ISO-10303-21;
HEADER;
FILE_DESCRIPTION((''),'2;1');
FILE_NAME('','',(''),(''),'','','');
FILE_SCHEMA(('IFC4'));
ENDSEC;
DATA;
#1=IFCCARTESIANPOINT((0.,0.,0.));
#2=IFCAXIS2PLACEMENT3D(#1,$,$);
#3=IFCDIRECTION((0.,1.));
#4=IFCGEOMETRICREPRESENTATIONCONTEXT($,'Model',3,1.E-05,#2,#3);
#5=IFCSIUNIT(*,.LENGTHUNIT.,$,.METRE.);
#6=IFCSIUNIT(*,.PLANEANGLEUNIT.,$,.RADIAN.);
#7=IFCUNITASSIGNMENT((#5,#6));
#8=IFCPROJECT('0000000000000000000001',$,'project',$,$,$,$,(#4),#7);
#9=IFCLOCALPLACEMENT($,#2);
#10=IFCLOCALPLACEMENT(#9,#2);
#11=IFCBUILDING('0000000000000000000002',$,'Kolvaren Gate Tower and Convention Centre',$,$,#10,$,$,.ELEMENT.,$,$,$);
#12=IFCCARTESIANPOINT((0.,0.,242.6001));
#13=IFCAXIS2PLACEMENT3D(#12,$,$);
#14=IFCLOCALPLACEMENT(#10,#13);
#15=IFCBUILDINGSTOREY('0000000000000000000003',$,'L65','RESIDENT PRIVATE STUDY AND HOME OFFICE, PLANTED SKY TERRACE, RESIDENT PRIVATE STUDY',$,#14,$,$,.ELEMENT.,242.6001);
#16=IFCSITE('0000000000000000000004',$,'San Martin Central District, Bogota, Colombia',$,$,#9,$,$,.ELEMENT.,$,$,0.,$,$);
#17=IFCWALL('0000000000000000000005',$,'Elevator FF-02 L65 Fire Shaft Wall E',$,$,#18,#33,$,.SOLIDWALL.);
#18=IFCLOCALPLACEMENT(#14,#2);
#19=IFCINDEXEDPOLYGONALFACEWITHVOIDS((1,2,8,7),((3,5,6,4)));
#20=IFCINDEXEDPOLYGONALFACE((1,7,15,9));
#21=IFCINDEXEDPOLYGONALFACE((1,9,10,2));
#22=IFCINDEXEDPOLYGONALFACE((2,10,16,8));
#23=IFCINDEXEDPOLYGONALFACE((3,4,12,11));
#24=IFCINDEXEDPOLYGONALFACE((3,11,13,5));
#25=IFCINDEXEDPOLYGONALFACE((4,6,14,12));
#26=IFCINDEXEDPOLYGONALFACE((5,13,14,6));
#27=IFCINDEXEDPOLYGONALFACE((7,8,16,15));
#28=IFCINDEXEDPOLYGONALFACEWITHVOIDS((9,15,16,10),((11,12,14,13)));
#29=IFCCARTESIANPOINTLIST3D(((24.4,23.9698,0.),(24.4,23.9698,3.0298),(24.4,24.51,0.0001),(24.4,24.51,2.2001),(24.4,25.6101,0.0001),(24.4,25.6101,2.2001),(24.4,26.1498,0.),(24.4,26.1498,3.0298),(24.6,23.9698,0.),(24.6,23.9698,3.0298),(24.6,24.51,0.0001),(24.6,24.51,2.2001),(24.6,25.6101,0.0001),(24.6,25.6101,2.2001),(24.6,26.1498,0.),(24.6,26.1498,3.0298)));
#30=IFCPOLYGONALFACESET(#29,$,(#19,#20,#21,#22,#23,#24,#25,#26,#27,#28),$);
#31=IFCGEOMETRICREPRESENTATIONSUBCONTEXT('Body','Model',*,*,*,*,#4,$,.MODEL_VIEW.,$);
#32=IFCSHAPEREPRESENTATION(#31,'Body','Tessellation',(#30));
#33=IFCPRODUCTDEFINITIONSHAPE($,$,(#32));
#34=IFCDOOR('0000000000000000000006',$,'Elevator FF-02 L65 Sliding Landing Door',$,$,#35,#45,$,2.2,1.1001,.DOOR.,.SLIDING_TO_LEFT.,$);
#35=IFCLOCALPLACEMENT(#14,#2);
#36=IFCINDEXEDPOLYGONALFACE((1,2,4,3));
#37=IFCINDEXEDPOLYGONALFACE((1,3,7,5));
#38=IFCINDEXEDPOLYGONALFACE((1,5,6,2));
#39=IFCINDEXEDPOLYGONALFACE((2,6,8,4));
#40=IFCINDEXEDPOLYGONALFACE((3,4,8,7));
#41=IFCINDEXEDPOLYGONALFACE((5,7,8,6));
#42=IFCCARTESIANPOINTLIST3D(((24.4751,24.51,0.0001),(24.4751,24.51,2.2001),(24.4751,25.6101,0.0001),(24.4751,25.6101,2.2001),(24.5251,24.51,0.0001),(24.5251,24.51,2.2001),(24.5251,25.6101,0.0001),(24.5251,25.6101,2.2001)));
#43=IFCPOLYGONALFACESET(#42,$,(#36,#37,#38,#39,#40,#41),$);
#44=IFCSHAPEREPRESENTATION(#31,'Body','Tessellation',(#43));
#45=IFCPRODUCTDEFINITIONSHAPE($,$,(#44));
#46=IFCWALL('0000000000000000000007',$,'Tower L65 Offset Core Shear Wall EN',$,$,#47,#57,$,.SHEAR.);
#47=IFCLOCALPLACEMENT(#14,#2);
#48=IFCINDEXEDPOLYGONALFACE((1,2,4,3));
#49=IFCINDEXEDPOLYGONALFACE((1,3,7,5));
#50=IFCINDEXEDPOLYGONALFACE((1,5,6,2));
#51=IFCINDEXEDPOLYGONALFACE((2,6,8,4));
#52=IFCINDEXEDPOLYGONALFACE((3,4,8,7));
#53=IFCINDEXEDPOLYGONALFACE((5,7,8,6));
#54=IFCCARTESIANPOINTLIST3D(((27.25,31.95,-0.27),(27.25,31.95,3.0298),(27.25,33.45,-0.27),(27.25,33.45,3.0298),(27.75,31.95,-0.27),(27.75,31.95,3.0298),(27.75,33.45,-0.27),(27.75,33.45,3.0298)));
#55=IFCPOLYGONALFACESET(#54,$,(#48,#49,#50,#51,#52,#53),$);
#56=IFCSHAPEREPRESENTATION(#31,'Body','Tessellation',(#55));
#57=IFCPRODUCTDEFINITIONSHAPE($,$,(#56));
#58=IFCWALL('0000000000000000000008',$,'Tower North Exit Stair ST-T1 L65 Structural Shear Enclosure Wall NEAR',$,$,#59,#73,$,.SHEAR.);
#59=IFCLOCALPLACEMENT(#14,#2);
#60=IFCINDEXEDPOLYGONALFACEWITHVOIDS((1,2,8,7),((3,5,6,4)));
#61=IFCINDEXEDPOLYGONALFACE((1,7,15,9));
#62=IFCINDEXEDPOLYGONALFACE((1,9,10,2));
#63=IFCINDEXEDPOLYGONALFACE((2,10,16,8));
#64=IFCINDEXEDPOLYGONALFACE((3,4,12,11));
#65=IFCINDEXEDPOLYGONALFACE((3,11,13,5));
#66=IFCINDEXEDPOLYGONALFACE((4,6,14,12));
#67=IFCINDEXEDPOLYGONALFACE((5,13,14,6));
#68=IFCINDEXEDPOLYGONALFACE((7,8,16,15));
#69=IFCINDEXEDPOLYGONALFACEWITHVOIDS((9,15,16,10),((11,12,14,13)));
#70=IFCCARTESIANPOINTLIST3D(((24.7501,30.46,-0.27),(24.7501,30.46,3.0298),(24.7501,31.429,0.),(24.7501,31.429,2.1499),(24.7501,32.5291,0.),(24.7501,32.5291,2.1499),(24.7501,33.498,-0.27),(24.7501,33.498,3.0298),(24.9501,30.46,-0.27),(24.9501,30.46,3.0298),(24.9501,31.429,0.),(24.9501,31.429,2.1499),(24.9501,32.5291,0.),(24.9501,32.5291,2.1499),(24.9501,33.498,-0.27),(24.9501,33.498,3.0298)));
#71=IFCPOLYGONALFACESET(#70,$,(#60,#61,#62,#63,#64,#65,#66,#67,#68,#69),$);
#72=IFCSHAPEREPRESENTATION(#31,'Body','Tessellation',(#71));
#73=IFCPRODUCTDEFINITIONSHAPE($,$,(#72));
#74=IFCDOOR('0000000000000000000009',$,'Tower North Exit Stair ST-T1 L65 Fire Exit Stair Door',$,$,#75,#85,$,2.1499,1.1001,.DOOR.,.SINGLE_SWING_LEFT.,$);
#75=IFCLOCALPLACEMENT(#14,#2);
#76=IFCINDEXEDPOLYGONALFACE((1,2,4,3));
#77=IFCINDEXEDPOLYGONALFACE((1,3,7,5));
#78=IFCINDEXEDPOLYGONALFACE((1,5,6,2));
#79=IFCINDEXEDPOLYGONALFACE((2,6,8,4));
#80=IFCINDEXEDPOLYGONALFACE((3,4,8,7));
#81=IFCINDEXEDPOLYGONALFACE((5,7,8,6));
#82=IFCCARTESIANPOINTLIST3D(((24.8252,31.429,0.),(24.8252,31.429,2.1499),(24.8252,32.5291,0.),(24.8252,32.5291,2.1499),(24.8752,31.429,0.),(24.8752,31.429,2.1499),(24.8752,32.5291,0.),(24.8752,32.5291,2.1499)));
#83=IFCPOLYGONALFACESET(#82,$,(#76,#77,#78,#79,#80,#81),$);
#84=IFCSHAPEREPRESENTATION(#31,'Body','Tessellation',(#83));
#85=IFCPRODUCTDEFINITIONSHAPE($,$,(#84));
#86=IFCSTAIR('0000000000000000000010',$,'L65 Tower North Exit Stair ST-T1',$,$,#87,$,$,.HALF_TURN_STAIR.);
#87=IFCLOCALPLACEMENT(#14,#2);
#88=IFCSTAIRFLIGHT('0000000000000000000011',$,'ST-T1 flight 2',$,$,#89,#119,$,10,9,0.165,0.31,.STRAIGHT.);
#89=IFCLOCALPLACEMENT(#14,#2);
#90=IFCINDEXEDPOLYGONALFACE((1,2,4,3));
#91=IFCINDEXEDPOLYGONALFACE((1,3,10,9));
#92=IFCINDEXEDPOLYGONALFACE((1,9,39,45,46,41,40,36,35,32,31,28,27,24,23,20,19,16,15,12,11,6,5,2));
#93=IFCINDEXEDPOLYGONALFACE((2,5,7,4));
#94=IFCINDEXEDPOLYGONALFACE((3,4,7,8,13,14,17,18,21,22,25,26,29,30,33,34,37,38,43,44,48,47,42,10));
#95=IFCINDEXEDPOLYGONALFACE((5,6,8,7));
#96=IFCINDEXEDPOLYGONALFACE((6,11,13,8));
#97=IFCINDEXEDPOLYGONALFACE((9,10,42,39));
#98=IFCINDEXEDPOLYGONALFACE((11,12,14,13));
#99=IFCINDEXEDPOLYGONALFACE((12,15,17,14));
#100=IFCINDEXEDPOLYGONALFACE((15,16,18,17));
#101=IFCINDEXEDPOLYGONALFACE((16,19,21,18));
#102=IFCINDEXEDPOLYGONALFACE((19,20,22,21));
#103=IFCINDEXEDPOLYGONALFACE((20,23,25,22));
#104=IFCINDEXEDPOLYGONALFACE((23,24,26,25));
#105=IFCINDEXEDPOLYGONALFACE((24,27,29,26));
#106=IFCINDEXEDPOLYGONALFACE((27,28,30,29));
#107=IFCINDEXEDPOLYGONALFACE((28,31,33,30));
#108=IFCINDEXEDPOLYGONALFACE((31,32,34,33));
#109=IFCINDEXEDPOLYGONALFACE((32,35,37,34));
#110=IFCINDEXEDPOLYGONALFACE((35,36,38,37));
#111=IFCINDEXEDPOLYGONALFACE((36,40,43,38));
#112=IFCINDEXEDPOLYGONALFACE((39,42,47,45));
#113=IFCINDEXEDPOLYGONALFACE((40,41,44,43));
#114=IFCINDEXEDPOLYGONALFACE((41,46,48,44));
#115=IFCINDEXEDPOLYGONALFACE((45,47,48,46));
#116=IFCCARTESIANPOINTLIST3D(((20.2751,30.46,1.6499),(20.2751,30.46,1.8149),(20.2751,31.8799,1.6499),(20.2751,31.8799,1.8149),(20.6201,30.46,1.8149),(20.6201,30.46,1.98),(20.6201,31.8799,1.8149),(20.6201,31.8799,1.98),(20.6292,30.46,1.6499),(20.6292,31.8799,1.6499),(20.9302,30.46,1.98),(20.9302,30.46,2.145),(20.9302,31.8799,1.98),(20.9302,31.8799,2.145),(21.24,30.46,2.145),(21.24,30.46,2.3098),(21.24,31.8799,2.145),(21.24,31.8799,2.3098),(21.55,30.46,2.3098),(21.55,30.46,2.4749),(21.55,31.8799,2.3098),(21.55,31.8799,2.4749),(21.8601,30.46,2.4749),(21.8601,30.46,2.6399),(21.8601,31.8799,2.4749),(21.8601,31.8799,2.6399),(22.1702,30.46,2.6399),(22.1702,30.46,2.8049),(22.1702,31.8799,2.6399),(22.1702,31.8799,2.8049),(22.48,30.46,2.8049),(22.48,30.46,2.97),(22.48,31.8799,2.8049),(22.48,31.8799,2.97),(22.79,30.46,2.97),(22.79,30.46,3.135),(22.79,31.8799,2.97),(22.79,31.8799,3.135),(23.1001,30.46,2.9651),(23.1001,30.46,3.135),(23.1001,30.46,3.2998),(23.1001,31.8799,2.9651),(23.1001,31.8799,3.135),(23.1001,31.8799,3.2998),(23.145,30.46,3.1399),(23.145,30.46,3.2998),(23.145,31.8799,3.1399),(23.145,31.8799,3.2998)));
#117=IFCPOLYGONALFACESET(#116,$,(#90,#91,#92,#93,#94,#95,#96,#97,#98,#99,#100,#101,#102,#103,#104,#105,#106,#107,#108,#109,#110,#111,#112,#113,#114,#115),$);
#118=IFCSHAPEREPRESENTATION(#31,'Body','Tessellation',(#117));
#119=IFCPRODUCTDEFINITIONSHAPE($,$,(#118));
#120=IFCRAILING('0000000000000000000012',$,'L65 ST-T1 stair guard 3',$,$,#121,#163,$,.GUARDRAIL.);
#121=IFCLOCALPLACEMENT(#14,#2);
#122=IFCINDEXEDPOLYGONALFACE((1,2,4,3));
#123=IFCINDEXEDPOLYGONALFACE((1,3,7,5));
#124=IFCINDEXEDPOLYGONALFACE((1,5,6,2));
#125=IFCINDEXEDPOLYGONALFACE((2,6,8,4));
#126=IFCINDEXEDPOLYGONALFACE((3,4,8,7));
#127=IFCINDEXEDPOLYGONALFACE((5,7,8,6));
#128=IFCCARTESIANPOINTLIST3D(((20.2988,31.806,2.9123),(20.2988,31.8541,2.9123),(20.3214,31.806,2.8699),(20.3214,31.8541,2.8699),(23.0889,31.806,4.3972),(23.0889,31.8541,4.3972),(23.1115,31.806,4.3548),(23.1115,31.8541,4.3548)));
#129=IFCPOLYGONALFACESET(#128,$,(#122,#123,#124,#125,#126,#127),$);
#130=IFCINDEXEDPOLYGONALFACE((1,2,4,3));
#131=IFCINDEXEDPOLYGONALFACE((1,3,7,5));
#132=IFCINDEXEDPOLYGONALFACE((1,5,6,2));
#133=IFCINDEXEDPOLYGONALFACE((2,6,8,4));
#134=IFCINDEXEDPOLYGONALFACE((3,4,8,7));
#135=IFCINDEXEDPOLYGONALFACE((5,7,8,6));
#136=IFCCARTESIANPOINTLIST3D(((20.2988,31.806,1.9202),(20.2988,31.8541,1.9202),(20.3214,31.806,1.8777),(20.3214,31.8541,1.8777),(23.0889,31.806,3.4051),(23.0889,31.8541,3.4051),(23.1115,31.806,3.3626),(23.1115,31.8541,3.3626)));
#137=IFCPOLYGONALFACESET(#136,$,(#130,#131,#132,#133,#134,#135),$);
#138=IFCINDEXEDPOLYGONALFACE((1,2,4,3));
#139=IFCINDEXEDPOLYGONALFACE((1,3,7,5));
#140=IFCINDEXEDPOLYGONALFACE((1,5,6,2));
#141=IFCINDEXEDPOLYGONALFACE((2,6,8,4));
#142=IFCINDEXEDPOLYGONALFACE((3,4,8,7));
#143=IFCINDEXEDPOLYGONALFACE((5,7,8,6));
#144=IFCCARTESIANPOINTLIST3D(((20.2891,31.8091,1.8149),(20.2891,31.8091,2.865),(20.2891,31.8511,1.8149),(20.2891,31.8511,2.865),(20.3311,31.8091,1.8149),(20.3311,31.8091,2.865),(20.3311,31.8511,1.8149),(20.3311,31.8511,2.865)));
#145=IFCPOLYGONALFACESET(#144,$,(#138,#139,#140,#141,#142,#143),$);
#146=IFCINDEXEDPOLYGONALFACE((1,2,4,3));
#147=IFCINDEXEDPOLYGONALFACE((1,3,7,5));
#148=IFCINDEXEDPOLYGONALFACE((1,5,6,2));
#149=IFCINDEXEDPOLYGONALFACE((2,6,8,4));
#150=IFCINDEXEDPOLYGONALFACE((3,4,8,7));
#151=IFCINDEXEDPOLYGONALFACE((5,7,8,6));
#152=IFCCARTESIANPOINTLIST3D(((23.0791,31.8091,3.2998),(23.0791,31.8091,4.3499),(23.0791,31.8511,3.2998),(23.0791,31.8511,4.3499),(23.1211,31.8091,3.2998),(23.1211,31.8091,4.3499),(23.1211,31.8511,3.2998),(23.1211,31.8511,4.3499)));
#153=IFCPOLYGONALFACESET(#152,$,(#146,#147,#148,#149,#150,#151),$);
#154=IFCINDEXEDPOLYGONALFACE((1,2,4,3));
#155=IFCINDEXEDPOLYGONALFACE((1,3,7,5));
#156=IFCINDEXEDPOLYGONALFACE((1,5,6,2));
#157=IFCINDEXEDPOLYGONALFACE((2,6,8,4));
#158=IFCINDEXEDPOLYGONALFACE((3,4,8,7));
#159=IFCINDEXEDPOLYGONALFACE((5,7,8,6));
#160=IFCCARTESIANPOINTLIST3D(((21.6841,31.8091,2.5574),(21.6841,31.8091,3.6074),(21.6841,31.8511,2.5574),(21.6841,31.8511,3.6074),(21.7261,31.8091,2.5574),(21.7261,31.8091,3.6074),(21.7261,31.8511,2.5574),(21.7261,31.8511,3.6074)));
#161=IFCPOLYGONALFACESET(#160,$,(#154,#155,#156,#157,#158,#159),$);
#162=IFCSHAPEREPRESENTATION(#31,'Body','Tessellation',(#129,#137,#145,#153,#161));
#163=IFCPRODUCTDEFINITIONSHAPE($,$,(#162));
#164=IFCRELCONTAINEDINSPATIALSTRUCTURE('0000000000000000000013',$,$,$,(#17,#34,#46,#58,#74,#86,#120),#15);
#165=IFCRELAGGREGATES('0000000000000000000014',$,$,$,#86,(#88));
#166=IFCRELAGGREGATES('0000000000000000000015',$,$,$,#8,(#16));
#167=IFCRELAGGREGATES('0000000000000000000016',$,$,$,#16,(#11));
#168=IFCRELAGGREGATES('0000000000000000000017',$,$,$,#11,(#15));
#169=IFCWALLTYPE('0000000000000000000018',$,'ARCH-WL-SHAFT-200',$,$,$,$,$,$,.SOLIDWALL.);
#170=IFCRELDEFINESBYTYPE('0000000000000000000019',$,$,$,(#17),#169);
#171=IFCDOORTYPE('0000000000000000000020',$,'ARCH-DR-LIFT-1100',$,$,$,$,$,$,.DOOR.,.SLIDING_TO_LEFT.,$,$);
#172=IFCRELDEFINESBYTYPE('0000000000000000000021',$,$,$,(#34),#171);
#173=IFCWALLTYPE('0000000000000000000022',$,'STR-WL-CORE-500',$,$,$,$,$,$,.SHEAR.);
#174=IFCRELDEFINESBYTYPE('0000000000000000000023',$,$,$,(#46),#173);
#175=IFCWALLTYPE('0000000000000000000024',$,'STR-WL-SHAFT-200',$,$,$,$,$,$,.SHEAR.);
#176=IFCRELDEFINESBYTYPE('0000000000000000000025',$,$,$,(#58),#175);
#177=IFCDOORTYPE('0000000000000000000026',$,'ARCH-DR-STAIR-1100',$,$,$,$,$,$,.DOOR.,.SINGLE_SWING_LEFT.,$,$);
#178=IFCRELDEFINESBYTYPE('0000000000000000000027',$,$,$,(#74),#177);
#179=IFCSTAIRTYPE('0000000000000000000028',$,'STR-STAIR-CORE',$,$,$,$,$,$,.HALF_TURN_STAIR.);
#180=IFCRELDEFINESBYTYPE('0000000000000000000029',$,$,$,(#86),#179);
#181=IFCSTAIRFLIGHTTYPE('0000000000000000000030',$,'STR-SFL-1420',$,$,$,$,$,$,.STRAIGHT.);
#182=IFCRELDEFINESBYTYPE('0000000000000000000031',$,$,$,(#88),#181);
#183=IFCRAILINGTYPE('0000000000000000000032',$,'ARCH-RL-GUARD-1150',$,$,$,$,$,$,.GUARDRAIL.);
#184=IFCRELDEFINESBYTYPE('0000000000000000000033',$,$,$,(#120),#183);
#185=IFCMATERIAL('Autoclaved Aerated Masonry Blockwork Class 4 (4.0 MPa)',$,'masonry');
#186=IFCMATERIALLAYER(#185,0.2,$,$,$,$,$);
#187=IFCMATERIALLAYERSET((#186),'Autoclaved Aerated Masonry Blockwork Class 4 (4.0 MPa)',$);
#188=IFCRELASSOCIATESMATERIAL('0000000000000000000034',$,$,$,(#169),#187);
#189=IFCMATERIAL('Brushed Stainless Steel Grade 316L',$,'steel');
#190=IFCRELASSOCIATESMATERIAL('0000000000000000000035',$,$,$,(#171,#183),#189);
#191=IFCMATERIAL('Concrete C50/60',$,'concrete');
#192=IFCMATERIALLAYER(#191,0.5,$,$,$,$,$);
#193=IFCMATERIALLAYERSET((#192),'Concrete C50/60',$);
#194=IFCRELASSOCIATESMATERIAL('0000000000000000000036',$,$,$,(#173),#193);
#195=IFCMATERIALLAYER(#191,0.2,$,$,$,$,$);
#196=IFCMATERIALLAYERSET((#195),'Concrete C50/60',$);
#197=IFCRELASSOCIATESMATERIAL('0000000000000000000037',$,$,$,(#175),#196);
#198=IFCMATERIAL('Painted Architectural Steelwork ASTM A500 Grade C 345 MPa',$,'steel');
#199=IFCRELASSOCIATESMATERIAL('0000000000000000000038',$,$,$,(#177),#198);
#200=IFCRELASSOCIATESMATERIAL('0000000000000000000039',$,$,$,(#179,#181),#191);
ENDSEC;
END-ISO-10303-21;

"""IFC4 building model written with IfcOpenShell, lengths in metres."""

from ifc_helpers import new_model, si_unit, direction, frame, frame_2d, origin, origin_2d, place, context, subcontext, project, spatial, polyline, rectangle, outline, extrude, material, layer, layer_set, type_object, element, fill, aggregate, save


model = new_model("IFC4")

# Units and contexts
model_context = context("Model", 3, precision=1e-05, world=origin(), true_north=direction((0.0, 1.0)))
body_context = subcontext(model_context, "Body", "Model", "MODEL_VIEW")
ifc_project = project(units=[si_unit("LENGTHUNIT", "METRE"), si_unit("PLANEANGLEUNIT", "RADIAN")], contexts=[model_context])

# Site, building, storey
site_placement = place(None, origin())
site = spatial("IfcSite", under=ifc_project, at=site_placement, Name="San Martin Central District, Bogota, Colombia", CompositionType="ELEMENT", RefElevation=0.0)
building_placement = place(site_placement, origin())
building = spatial("IfcBuilding", under=site, at=building_placement, Name="Kolvaren Gate Tower and Convention Centre", CompositionType="ELEMENT")
storey_placement = place(building_placement, frame((0.0, 0.0, 242.6001)))
storey = spatial("IfcBuildingStorey", under=building, at=storey_placement, Name="L65", Description="RESIDENT PRIVATE STUDY AND HOME OFFICE, PLANTED SKY TERRACE, RESIDENT PRIVATE STUDY", CompositionType="ELEMENT", Elevation=242.6001)

# Shared definitions
ifc_material_1 = material(Name="Autoclaved Aerated Masonry Blockwork Class 4 (4.0 MPa)", Category="masonry")
ifc_layer_1 = layer(ifc_material_1, 0.2)
ifc_layer_set_1 = layer_set([ifc_layer_1], Name="Autoclaved Aerated Masonry Blockwork Class 4 (4.0 MPa)")
wall_type_1 = type_object("IfcWallType", Name="ARCH-WL-SHAFT-200", PredefinedType="SOLIDWALL", material=ifc_layer_set_1)

# Shared definitions
ifc_material_2 = material(Name="Brushed Stainless Steel Grade 316L", Category="steel")
door_type_1 = type_object("IfcDoorType", Name="ARCH-DR-LIFT-1100", OperationType="SLIDING_TO_LEFT", PredefinedType="DOOR", material=ifc_material_2)

# Wall, opening, door
wall_1_placement = place(storey_placement, frame((24.5, 23.97, 0.0), z_axis=(0.0, 0.0, 1.0), x_axis=(0.0, 1.0, 0.0)))
wall_1 = element("IfcWall", 1, at=wall_1_placement, inside=storey, type_object=wall_type_1, Name="Elevator FF-02 L65 Fire Shaft Wall E", PredefinedType="SOLIDWALL", context=body_context, shape_type="SweptSolid", body=[
    extrude(rectangle(XDim=2.1799, YDim=0.2, at=frame_2d((1.0898, 0.0))), origin(), (0.0, 0.0, 1.0), 3.0298),
])
opening_1_placement = place(wall_1_placement, frame((0.54, 0.0, 0.0)))
opening_1 = element("IfcOpeningElement", 2, at=opening_1_placement, cuts=wall_1, PredefinedType="OPENING", context=body_context, shape_type="SweptSolid", body=[
    extrude(rectangle(XDim=1.1001, YDim=2.2, at=frame_2d((0.55, 1.1001))), frame((0.0, 0.1099, 0.0), z_axis=(0.0, -1.0, 0.0), x_axis=(1.0, 0.0, 0.0)), (0.0, 0.0, 1.0), 0.22),
])
door_1_placement = place(opening_1_placement, origin())
door_1 = element("IfcDoor", 3, at=door_1_placement, inside=storey, type_object=door_type_1, Name="Elevator FF-02 L65 Sliding Landing Door", OperationType="SLIDING_TO_LEFT", OverallHeight=2.2, OverallWidth=1.1001, PredefinedType="DOOR", context=body_context, shape_type="SweptSolid", body=[
    extrude(rectangle(XDim=1.1001, YDim=2.2, at=frame_2d((0.55, 1.1001))), frame((0.0, 0.0249, 0.0), z_axis=(0.0, -1.0, 0.0), x_axis=(1.0, 0.0, 0.0)), (0.0, 0.0, 1.0), 0.05),
])
fill(opening_1, door_1)

# Wall
ifc_material_3 = material(Name="Concrete C50/60", Category="concrete")
ifc_layer_2 = layer(ifc_material_3, 0.5)
ifc_layer_set_2 = layer_set([ifc_layer_2], Name="Concrete C50/60")
wall_type_2 = type_object("IfcWallType", Name="STR-WL-CORE-500", PredefinedType="SHEAR", material=ifc_layer_set_2)
wall_2_placement = place(storey_placement, frame((27.5, 31.95, -0.27), z_axis=(0.0, 0.0, 1.0), x_axis=(0.0, 1.0, 0.0)))
element("IfcWall", 4, at=wall_2_placement, inside=storey, type_object=wall_type_2, Name="Tower L65 Offset Core Shear Wall EN", PredefinedType="SHEAR", context=body_context, shape_type="SweptSolid", body=[
    extrude(rectangle(XDim=1.5, YDim=0.5, at=frame_2d((0.75, 0.0))), origin(), (0.0, 0.0, 1.0), 3.2998),
])

# Wall, opening, door
ifc_layer_3 = layer(ifc_material_3, 0.2)
ifc_layer_set_3 = layer_set([ifc_layer_3], Name="Concrete C50/60")
wall_type_3 = type_object("IfcWallType", Name="STR-WL-SHAFT-200", PredefinedType="SHEAR", material=ifc_layer_set_3)
wall_3_placement = place(storey_placement, frame((24.8501, 30.46, -0.27), z_axis=(0.0, 0.0, 1.0), x_axis=(0.0, 1.0, 0.0)))
wall_3 = element("IfcWall", 5, at=wall_3_placement, inside=storey, type_object=wall_type_3, Name="Tower North Exit Stair ST-T1 L65 Structural Shear Enclosure Wall NEAR", PredefinedType="SHEAR", context=body_context, shape_type="SweptSolid", body=[
    extrude(rectangle(XDim=3.0381, YDim=0.2, at=frame_2d((1.519, 0.0))), origin(), (0.0, 0.0, 1.0), 3.2998),
])
opening_2_placement = place(wall_3_placement, frame((0.969, 0.0, 0.27)))
opening_2 = element("IfcOpeningElement", 6, at=opening_2_placement, cuts=wall_3, PredefinedType="OPENING", context=body_context, shape_type="SweptSolid", body=[
    extrude(rectangle(XDim=1.1001, YDim=2.1499, at=frame_2d((0.55, 1.075))), frame((0.0, 0.1099, 0.0), z_axis=(0.0, -1.0, 0.0), x_axis=(1.0, 0.0, 0.0)), (0.0, 0.0, 1.0), 0.22),
])
ifc_material_4 = material(Name="Painted Architectural Steelwork ASTM A500 Grade C 345 MPa", Category="steel")
door_type_2 = type_object("IfcDoorType", Name="ARCH-DR-STAIR-1100", OperationType="SINGLE_SWING_LEFT", PredefinedType="DOOR", material=ifc_material_4)
door_2_placement = place(opening_2_placement, origin())
door_2 = element("IfcDoor", 7, at=door_2_placement, inside=storey, type_object=door_type_2, Name="Tower North Exit Stair ST-T1 L65 Fire Exit Stair Door", OperationType="SINGLE_SWING_LEFT", OverallHeight=2.1499, OverallWidth=1.1001, PredefinedType="DOOR", context=body_context, shape_type="SweptSolid", body=[
    extrude(rectangle(XDim=1.1001, YDim=2.1499, at=frame_2d((0.55, 1.075))), frame((0.0, 0.0249, 0.0), z_axis=(0.0, -1.0, 0.0), x_axis=(1.0, 0.0, 0.0)), (0.0, 0.0, 1.0), 0.05),
])
fill(opening_2, door_2)

# Stair, stair flight
stair_type = type_object("IfcStairType", Name="STR-STAIR-CORE", PredefinedType="HALF_TURN_STAIR", material=ifc_material_3)
stair_placement = place(storey_placement, origin())
stair = element("IfcStair", 8, at=stair_placement, inside=storey, type_object=stair_type, Name="L65 Tower North Exit Stair ST-T1", PredefinedType="HALF_TURN_STAIR")
stair_flight_type = type_object("IfcStairFlightType", Name="STR-SFL-1420", PredefinedType="STRAIGHT", material=ifc_material_3)
stair_flight_placement = place(storey_placement, frame((20.3101, 31.1699, 1.6499), z_axis=(0.0, 0.0, 1.0), x_axis=(1.0, 0.0, 0.0)))
stair_flight = element("IfcStairFlight", 9, at=stair_flight_placement, type_object=stair_flight_type, Name="ST-T1 flight 2", NumberOfRisers=10, NumberOfTreads=9, PredefinedType="STRAIGHT", RiserHeight=0.165, TreadLength=0.31, context=body_context, shape_type="SweptSolid", body=[
    extrude(outline(polyline([(-0.0349, 0.0), (-0.0349, 0.165), (0.3101, 0.165), (0.3101, 0.3301), (0.6201, 0.3301), (0.6201, 0.4951), (0.9299, 0.4951), (0.9299, 0.6599), (1.24, 0.6599), (1.24, 0.825), (1.55, 0.825), (1.55, 0.99), (1.8601, 0.99), (1.8601, 1.155), (2.1699, 1.155), (2.1699, 1.3201), (2.48, 1.3201), (2.48, 1.4851), (2.79, 1.4851), (2.79, 1.6499), (2.835, 1.6499), (2.835, 1.49), (2.79, 1.3152), (0.3191, 0.0), (-0.0349, 0.0)])), frame((0.0, 0.71, 0.0), z_axis=(0.0, -1.0, 0.0), x_axis=(1.0, 0.0, 0.0)), (0.0, 0.0, 1.0), 1.4199),
])
aggregate(stair, [stair_flight])

# Railing
railing_type_1 = type_object("IfcRailingType", Name="ARCH-RL-GUARD-1150", PredefinedType="GUARDRAIL", material=ifc_material_2)
railing_1_placement = place(storey_placement, frame((20.3101, 31.8301, 1.8149)))
element("IfcRailing", 10, at=railing_1_placement, inside=storey, type_object=railing_type_1, Name="L65 ST-T1 stair guard 3", PredefinedType="GUARDRAIL", context=body_context, shape_type="SweptSolid", body=[
    extrude(rectangle(XDim=0.0481, YDim=0.0481, at=origin_2d()), frame((0.0, 0.0, 1.0762), z_axis=(0.882767, 0.0, 0.46981), x_axis=(0.0, 1.0, 0.0)), (0.0, 0.0, 1.0), 3.1606),
    extrude(rectangle(XDim=0.0481, YDim=0.0481, at=origin_2d()), frame((0.0, 0.0, 0.084), z_axis=(0.882767, 0.0, 0.46981), x_axis=(0.0, 1.0, 0.0)), (0.0, 0.0, 1.0), 3.1606),
    extrude(rectangle(XDim=0.042, YDim=0.042, at=origin_2d()), origin(), (0.0, 0.0, 1.0), 1.05),
    extrude(rectangle(XDim=0.042, YDim=0.042, at=origin_2d()), frame((2.79, 0.0, 1.4849)), (0.0, 0.0, 1.0), 1.05),
    extrude(rectangle(XDim=0.042, YDim=0.042, at=origin_2d()), frame((1.395, 0.0, 0.7424)), (0.0, 0.0, 1.0), 1.05),
])

save(model, "model.ifc")
